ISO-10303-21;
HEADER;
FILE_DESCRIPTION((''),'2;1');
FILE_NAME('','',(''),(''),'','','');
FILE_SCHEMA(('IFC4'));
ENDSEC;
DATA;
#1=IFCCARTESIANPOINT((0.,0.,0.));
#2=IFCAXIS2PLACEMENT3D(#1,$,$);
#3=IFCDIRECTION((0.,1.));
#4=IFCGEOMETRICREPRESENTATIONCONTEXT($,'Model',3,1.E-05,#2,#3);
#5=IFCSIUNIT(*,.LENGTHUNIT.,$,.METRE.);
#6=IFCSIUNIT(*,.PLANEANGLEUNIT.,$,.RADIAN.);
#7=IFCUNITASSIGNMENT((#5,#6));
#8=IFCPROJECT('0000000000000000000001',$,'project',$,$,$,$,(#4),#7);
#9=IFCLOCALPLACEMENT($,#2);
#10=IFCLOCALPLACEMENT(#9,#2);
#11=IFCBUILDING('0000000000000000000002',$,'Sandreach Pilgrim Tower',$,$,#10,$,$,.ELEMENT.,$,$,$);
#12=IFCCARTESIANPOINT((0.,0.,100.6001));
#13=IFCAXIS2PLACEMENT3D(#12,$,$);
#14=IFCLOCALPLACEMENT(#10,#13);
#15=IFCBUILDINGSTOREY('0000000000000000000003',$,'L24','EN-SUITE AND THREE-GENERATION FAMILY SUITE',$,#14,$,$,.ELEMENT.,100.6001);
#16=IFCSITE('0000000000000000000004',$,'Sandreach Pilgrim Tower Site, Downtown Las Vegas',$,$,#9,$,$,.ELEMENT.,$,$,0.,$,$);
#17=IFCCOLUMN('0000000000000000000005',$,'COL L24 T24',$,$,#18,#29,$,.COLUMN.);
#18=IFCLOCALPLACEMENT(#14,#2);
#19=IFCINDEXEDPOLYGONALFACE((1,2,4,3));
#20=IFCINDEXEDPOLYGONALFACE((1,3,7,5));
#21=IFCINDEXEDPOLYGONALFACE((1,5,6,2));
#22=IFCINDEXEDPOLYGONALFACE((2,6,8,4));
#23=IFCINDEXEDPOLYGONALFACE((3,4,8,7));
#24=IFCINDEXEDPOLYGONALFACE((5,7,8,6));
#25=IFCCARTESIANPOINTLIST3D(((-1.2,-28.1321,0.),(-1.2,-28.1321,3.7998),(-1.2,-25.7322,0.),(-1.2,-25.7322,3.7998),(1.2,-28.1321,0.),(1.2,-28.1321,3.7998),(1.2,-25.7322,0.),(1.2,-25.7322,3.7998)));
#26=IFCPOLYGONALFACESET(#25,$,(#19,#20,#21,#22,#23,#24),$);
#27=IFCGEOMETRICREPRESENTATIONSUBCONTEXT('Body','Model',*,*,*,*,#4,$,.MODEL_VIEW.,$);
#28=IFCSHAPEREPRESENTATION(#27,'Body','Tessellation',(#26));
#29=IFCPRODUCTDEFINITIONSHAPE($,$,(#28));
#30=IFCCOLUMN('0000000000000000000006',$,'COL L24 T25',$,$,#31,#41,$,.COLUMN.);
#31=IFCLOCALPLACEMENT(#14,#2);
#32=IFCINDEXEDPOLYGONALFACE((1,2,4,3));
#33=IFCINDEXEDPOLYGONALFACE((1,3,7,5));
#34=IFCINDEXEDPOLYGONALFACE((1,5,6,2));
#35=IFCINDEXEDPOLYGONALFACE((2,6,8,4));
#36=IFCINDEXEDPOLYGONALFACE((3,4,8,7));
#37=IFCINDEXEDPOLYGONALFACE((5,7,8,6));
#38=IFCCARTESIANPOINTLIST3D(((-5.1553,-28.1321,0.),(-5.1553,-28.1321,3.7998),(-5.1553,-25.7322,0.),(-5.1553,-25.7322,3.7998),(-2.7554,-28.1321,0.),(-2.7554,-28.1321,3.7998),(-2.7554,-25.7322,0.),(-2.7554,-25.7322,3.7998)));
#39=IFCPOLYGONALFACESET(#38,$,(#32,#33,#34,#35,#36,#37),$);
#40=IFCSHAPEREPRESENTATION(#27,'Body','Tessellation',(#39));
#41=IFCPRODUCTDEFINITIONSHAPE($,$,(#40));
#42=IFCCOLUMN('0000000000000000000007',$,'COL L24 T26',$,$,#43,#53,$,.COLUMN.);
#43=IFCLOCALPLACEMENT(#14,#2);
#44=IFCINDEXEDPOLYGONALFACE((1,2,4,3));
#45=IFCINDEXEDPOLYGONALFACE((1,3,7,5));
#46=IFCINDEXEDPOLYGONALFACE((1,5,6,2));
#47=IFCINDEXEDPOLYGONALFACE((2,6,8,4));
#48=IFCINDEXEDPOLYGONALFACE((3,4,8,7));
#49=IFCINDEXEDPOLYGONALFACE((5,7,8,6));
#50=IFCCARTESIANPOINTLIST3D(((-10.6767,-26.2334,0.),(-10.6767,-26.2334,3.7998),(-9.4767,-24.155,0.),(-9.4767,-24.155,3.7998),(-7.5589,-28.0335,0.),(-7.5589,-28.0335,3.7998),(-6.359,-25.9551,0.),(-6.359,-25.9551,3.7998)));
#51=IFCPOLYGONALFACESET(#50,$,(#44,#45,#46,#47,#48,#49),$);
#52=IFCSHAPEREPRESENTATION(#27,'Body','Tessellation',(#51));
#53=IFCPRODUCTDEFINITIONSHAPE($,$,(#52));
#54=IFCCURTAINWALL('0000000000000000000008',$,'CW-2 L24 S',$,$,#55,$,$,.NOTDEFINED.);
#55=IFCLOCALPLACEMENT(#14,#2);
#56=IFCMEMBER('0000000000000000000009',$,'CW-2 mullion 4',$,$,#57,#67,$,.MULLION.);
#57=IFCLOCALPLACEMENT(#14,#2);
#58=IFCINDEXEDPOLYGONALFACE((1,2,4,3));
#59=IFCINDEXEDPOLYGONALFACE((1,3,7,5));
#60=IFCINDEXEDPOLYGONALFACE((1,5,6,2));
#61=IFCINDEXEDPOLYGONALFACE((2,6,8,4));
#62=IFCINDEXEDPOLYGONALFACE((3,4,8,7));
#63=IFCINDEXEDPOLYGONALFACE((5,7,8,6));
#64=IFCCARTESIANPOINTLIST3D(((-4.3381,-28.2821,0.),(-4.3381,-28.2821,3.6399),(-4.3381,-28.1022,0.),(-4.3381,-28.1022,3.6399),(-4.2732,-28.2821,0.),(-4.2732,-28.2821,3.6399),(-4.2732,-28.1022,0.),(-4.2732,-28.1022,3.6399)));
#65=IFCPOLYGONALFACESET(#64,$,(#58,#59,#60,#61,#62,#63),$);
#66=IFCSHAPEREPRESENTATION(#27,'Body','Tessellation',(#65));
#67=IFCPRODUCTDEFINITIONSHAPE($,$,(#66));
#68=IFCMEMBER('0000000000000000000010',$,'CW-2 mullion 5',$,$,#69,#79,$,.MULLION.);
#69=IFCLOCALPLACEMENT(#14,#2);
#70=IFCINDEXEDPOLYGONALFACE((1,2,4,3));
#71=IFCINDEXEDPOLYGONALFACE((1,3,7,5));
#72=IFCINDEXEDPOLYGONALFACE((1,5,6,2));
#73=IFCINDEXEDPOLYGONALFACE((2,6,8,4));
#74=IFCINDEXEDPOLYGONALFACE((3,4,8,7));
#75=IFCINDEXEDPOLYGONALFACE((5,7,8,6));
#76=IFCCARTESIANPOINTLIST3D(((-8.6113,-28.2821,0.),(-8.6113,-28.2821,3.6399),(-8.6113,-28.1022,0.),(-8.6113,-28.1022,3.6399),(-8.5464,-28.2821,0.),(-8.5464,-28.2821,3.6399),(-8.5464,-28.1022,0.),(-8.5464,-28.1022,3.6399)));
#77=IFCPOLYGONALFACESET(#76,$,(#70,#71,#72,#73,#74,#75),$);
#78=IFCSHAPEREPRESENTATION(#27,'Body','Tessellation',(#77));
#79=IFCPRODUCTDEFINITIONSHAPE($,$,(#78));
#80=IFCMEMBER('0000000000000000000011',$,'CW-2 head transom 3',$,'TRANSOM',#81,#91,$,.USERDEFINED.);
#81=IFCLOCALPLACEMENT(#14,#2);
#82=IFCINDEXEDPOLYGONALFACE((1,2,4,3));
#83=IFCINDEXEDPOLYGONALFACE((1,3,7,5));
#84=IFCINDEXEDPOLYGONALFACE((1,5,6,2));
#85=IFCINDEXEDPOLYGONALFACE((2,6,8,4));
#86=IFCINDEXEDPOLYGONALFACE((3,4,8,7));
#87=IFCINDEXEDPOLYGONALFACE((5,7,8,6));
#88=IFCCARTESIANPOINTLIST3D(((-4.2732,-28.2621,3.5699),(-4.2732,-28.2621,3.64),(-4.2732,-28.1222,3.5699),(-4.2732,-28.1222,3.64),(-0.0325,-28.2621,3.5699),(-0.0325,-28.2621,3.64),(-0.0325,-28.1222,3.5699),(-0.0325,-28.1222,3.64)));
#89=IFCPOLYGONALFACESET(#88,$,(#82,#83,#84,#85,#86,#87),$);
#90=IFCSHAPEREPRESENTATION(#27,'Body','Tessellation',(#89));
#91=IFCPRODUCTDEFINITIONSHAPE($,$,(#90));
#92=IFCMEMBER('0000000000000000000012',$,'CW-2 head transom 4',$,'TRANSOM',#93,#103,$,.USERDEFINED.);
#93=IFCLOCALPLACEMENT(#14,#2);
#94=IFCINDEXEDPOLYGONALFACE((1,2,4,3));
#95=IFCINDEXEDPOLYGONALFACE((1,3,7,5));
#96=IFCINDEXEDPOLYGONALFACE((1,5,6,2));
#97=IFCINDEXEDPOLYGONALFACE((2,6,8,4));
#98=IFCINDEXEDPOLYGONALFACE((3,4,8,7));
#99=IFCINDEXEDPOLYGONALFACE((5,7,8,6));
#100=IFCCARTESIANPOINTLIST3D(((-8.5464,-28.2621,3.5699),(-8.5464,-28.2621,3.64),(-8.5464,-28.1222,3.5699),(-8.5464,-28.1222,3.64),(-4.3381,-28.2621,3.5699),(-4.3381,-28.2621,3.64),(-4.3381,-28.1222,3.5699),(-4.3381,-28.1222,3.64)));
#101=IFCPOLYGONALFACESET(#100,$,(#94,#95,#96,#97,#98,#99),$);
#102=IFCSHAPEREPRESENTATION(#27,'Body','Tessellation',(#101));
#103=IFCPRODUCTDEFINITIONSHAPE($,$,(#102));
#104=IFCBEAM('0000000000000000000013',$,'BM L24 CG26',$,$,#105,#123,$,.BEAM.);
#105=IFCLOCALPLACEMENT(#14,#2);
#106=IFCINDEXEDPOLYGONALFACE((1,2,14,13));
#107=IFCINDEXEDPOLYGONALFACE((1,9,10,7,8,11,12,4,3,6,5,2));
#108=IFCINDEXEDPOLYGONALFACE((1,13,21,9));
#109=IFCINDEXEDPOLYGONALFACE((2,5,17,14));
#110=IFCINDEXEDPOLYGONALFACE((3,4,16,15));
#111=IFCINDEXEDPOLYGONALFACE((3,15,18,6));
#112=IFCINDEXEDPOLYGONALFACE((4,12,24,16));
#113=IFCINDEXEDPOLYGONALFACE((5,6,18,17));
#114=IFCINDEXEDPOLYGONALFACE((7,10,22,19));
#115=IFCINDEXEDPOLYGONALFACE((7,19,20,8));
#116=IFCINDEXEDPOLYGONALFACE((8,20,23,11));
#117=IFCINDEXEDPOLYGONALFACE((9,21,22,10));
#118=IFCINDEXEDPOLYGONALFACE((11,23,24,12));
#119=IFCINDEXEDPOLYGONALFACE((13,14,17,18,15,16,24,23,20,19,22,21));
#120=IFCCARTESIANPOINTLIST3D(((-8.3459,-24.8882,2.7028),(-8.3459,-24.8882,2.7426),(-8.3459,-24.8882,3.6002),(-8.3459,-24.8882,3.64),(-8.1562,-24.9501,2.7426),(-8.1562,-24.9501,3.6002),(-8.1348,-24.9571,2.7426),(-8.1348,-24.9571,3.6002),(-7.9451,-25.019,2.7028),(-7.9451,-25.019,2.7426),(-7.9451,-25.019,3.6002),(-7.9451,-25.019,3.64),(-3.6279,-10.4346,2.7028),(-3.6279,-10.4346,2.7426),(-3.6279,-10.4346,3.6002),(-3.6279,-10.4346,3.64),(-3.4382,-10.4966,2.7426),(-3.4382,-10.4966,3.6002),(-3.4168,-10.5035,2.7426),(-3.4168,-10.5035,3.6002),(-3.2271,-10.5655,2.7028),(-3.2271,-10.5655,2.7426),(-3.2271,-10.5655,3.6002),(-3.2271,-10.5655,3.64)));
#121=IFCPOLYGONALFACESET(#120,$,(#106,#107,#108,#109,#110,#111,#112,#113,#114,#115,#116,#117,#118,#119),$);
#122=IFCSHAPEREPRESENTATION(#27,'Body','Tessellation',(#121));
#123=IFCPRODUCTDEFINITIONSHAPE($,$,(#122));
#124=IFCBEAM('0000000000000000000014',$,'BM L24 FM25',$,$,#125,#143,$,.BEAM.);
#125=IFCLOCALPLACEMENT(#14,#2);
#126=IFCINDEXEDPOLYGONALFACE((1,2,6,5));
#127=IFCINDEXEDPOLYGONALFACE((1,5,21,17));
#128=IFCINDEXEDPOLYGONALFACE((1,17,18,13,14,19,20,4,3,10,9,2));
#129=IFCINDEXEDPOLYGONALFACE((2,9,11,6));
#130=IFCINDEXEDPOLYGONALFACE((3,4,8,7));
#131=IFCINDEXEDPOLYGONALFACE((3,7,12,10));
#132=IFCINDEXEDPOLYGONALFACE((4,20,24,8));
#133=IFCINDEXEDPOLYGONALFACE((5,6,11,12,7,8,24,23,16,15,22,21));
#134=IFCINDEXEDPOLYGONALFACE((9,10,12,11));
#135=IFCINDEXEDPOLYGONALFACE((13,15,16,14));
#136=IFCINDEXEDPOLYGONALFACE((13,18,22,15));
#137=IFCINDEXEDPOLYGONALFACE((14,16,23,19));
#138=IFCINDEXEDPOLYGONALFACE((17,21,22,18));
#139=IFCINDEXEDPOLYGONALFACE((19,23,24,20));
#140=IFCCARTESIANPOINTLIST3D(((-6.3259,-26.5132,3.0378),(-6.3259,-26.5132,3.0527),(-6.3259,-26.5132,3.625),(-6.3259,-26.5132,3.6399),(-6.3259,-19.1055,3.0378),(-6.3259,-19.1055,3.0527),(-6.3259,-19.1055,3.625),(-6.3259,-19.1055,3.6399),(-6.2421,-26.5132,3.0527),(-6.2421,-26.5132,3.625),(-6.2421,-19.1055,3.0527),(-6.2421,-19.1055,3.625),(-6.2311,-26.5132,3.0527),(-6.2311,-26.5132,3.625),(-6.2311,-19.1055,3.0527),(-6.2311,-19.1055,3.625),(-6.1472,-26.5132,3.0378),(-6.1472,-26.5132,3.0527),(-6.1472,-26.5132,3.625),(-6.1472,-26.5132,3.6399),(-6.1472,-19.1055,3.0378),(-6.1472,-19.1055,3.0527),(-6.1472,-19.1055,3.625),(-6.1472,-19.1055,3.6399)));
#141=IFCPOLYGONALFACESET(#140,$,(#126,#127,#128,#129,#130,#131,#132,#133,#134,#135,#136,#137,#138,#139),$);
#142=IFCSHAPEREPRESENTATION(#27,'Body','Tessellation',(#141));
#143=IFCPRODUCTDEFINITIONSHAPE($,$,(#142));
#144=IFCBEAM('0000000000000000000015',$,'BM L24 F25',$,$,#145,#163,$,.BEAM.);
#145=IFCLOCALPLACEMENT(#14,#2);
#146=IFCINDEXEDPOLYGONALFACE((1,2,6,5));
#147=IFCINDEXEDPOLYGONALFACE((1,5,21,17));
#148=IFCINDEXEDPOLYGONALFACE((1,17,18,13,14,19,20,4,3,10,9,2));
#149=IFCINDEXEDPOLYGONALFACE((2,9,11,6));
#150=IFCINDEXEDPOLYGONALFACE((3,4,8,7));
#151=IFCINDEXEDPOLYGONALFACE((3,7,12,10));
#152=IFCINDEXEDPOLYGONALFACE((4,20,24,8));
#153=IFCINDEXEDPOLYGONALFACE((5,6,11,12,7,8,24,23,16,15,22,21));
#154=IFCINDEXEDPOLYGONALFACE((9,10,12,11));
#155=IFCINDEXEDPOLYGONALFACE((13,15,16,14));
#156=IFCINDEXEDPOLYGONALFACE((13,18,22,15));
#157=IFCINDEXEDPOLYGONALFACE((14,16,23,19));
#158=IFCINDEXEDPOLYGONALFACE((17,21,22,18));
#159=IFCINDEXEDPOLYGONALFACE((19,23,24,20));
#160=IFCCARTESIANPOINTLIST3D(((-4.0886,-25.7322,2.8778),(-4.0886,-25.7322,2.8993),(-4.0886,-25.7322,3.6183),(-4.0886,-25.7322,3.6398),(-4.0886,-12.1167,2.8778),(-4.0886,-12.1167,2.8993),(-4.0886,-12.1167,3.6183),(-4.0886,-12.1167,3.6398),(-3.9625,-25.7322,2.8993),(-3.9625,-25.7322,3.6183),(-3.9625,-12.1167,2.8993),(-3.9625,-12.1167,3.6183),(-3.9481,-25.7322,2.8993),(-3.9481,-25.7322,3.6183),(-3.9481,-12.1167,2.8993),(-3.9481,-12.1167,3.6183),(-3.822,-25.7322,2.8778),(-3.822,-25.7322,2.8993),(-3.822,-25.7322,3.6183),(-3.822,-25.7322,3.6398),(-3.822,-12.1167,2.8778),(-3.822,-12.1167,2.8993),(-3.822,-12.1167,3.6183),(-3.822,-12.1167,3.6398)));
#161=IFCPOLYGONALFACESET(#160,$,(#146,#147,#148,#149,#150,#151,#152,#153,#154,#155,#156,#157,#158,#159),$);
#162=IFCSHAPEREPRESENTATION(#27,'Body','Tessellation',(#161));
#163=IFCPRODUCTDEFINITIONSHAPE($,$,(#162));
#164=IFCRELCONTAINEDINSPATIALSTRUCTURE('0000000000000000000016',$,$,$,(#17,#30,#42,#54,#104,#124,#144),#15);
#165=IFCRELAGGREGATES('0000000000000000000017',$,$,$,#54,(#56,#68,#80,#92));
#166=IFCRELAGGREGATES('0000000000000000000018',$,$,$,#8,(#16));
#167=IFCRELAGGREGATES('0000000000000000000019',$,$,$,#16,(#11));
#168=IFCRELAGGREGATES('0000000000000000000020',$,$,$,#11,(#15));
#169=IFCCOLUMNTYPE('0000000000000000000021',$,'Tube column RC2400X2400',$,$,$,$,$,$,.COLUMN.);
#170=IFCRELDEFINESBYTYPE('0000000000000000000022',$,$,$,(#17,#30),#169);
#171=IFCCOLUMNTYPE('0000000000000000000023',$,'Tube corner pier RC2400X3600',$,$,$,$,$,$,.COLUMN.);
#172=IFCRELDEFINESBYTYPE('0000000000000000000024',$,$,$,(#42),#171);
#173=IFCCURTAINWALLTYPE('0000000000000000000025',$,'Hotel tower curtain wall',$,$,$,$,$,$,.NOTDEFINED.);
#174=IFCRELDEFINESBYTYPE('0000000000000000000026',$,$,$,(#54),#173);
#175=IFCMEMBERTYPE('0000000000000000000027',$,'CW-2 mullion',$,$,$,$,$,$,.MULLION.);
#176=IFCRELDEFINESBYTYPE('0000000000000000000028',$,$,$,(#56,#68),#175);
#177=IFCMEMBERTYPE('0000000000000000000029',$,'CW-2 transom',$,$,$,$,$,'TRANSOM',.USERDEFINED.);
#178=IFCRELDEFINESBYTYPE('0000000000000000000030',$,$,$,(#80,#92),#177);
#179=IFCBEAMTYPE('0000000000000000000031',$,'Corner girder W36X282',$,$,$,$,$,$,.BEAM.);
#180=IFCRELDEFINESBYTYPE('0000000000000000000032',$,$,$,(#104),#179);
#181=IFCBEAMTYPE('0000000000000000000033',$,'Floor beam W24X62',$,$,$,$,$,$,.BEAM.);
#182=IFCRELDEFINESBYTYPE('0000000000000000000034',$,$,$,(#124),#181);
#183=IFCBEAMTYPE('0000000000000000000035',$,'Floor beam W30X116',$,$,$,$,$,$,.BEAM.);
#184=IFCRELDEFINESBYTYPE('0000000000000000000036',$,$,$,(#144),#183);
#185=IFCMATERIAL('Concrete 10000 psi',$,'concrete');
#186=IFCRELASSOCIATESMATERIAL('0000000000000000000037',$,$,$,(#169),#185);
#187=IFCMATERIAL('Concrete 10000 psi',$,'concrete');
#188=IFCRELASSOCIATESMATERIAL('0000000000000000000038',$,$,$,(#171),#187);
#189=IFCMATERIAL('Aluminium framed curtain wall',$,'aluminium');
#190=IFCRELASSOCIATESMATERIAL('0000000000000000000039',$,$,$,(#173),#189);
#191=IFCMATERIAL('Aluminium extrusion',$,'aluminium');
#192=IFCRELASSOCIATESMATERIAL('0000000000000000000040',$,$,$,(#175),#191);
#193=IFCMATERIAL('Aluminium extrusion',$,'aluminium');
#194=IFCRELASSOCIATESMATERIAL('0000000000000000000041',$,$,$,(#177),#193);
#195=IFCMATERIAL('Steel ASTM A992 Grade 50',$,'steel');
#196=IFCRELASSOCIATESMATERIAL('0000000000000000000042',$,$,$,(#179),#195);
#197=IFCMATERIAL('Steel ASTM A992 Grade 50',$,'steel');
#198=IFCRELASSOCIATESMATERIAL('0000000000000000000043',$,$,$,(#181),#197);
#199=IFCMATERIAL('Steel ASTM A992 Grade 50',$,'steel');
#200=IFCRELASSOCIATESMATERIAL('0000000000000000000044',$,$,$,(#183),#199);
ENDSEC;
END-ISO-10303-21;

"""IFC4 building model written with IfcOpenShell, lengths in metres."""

from ifc_helpers import new_model, si_unit, direction, frame, origin, origin_2d, place, context, subcontext, project, spatial, rectangle, i_section, extrude, material, material_profile, profile_set, type_object, element, aggregate, save


model = new_model("IFC4")

# Units and contexts
model_context = context("Model", 3, precision=1e-05, world=origin(), true_north=direction((0.0, 1.0)))
body_context = subcontext(model_context, "Body", "Model", "MODEL_VIEW")
ifc_project = project(units=[si_unit("LENGTHUNIT", "METRE"), si_unit("PLANEANGLEUNIT", "RADIAN")], contexts=[model_context])

# Site, building, storey
site_placement = place(None, origin())
site = spatial("IfcSite", under=ifc_project, at=site_placement, Name="Sandreach Pilgrim Tower Site, Downtown Las Vegas", CompositionType="ELEMENT", RefElevation=0.0)
building_placement = place(site_placement, origin())
building = spatial("IfcBuilding", under=site, at=building_placement, Name="Sandreach Pilgrim Tower", CompositionType="ELEMENT")
storey_placement = place(building_placement, frame((0.0, 0.0, 100.6001)))
storey = spatial("IfcBuildingStorey", under=building, at=storey_placement, Name="L24", Description="EN-SUITE AND THREE-GENERATION FAMILY SUITE", CompositionType="ELEMENT", Elevation=100.6001)

# Columns
ifc_material_1 = material(Name="Concrete 10000 psi", Category="concrete")
ifc_material_profile_1 = material_profile(ifc_material_1, rectangle(XDim=2.3999, YDim=2.3999, at=origin_2d()), Name="RC2400X2400")
ifc_profile_set_1 = profile_set([ifc_material_profile_1], Name="Concrete 10000 psi")
column_type_1 = type_object("IfcColumnType", Name="Tube column RC2400X2400", PredefinedType="COLUMN", material=ifc_profile_set_1)
for number, where, z_axis, x_axis, name in (
    (1, (0.0, -26.9321, 0.0), (0.0, 0.0, 1.0), (0.0, -1.0, 0.0), "COL L24 T24"),
    (2, (-3.9553, -26.9321, 0.0), (0.0, 0.0, 1.0), (0.0, -1.0, 0.0), "COL L24 T25"),
):
    element("IfcColumn", number, at=place(storey_placement, frame(where, z_axis=z_axis, x_axis=x_axis)), inside=storey, type_object=column_type_1, Name=name, PredefinedType="COLUMN", context=body_context, shape_type="SweptSolid", body=[
        extrude(rectangle(XDim=2.3999, YDim=2.3999, at=origin_2d()), origin(), (0.0, 0.0, 1.0), 3.7998),
    ])
ifc_material_2 = material(Name="Concrete 10000 psi", Category="concrete")
ifc_material_profile_2 = material_profile(ifc_material_2, rectangle(XDim=2.3999, YDim=3.6001, at=origin_2d()), Name="RC2400X3600")
ifc_profile_set_2 = profile_set([ifc_material_profile_2], Name="Concrete 10000 psi")
column_type_2 = type_object("IfcColumnType", Name="Tube corner pier RC2400X3600", PredefinedType="COLUMN", material=ifc_profile_set_2)
column_placement = place(storey_placement, frame((-8.5178, -26.0942, 0.0), z_axis=(0.0, 0.0, 1.0), x_axis=(-0.5, -0.866025, 0.0)))
element("IfcColumn", 3, at=column_placement, inside=storey, type_object=column_type_2, Name="COL L24 T26", PredefinedType="COLUMN", context=body_context, shape_type="SweptSolid", body=[
    extrude(rectangle(XDim=2.3999, YDim=3.6001, at=origin_2d()), origin(), (0.0, 0.0, 1.0), 3.7998),
])

# Curtain wall, members
ifc_material_3 = material(Name="Aluminium framed curtain wall", Category="aluminium")
curtain_wall_type = type_object("IfcCurtainWallType", Name="Hotel tower curtain wall", PredefinedType="NOTDEFINED", material=ifc_material_3)
curtain_wall_placement = place(storey_placement, origin())
curtain_wall = element("IfcCurtainWall", 4, at=curtain_wall_placement, inside=storey, type_object=curtain_wall_type, Name="CW-2 L24 S", PredefinedType="NOTDEFINED")
ifc_material_4 = material(Name="Aluminium extrusion", Category="aluminium")
ifc_material_profile_3 = material_profile(ifc_material_4, rectangle(XDim=0.0649, YDim=0.1799, at=origin_2d()), Name="CW-2M 65X180")
ifc_profile_set_3 = profile_set([ifc_material_profile_3], Name="Aluminium extrusion")
member_type_1 = type_object("IfcMemberType", Name="CW-2 mullion", PredefinedType="MULLION", material=ifc_profile_set_3)
member_1_placement = place(storey_placement, frame((-4.3057, -28.1921, 0.0), z_axis=(0.0, 0.0, 1.0), x_axis=(-1.0, 0.0, 0.0)))
member_1 = element("IfcMember", 5, at=member_1_placement, type_object=member_type_1, Name="CW-2 mullion 4", PredefinedType="MULLION", context=body_context, shape_type="SweptSolid", body=[
    extrude(rectangle(XDim=0.0649, YDim=0.1799, at=origin_2d()), origin(), (0.0, 0.0, 1.0), 3.6399),
])
member_2_placement = place(storey_placement, frame((-8.5789, -28.1921, 0.0), z_axis=(0.0, 0.0, 1.0), x_axis=(-1.0, 0.0, 0.0)))
member_2 = element("IfcMember", 6, at=member_2_placement, type_object=member_type_1, Name="CW-2 mullion 5", PredefinedType="MULLION", context=body_context, shape_type="SweptSolid", body=[
    extrude(rectangle(XDim=0.0649, YDim=0.1799, at=origin_2d()), origin(), (0.0, 0.0, 1.0), 3.6399),
])
ifc_material_5 = material(Name="Aluminium extrusion", Category="aluminium")
ifc_material_profile_4 = material_profile(ifc_material_5, rectangle(XDim=0.1399, YDim=0.0701, at=origin_2d()), Name="CW-2T 140X70")
ifc_profile_set_4 = profile_set([ifc_material_profile_4], Name="Aluminium extrusion")
member_type_2 = type_object("IfcMemberType", Name="CW-2 transom", ElementType="TRANSOM", PredefinedType="USERDEFINED", material=ifc_profile_set_4)
member_3_placement = place(storey_placement, frame((-0.0325, -28.1921, 3.605), z_axis=(-1.0, 0.0, 0.0), x_axis=(0.0, -1.0, 0.0)))
member_3 = element("IfcMember", 7, at=member_3_placement, type_object=member_type_2, Name="CW-2 head transom 3", ObjectType="TRANSOM", PredefinedType="USERDEFINED", context=body_context, shape_type="SweptSolid", body=[
    extrude(rectangle(XDim=0.1399, YDim=0.0701, at=origin_2d()), origin(), (0.0, 0.0, 1.0), 4.2407),
])
member_4_placement = place(storey_placement, frame((-4.3381, -28.1921, 3.605), z_axis=(-1.0, 0.0, 0.0), x_axis=(0.0, -1.0, 0.0)))
member_4 = element("IfcMember", 8, at=member_4_placement, type_object=member_type_2, Name="CW-2 head transom 4", ObjectType="TRANSOM", PredefinedType="USERDEFINED", context=body_context, shape_type="SweptSolid", body=[
    extrude(rectangle(XDim=0.1399, YDim=0.0701, at=origin_2d()), origin(), (0.0, 0.0, 1.0), 4.2083),
])

# Beams
ifc_material_6 = material(Name="Steel ASTM A992 Grade 50", Category="steel")
ifc_material_profile_5 = material_profile(ifc_material_6, i_section(OverallWidth=0.4216, OverallDepth=0.9373, WebThickness=0.0225, FlangeThickness=0.0398, at=origin_2d()), Name="W36X282")
ifc_profile_set_5 = profile_set([ifc_material_profile_5], Name="Steel ASTM A992 Grade 50")
beam_type_1 = type_object("IfcBeamType", Name="Corner girder W36X282", PredefinedType="BEAM", material=ifc_profile_set_5)
beam_1_placement = place(storey_placement, frame((-8.1455, -24.9536, 3.1714), z_axis=(0.310311, 0.950635, 0.0), x_axis=(-0.950635, 0.310311, 0.0)))
element("IfcBeam", 9, at=beam_1_placement, inside=storey, type_object=beam_type_1, Name="BM L24 CG26", PredefinedType="BEAM", context=body_context, shape_type="SweptSolid", body=[
    extrude(i_section(OverallWidth=0.4216, OverallDepth=0.9373, WebThickness=0.0225, FlangeThickness=0.0398, at=origin_2d()), origin(), (0.0, 0.0, 1.0), 15.2041),
])
ifc_material_7 = material(Name="Steel ASTM A992 Grade 50", Category="steel")
ifc_material_profile_6 = material_profile(ifc_material_7, i_section(OverallWidth=0.1787, OverallDepth=0.6021, WebThickness=0.011, FlangeThickness=0.0149, at=origin_2d()), Name="W24X62")
ifc_profile_set_6 = profile_set([ifc_material_profile_6], Name="Steel ASTM A992 Grade 50")
beam_type_2 = type_object("IfcBeamType", Name="Floor beam W24X62", PredefinedType="BEAM", material=ifc_profile_set_6)
beam_2_placement = place(storey_placement, frame((-6.2366, -26.5132, 3.3389), z_axis=(0.0, 1.0, 0.0), x_axis=(-1.0, 0.0, 0.0)))
element("IfcBeam", 10, at=beam_2_placement, inside=storey, type_object=beam_type_2, Name="BM L24 FM25", PredefinedType="BEAM", context=body_context, shape_type="SweptSolid", body=[
    extrude(i_section(OverallWidth=0.1787, OverallDepth=0.6021, WebThickness=0.011, FlangeThickness=0.0149, at=origin_2d()), origin(), (0.0, 0.0, 1.0), 7.4077),
])
ifc_material_8 = material(Name="Steel ASTM A992 Grade 50", Category="steel")
ifc_material_profile_7 = material_profile(ifc_material_8, i_section(OverallWidth=0.2666, OverallDepth=0.762, WebThickness=0.0144, FlangeThickness=0.0215, at=origin_2d()), Name="W30X116")
ifc_profile_set_7 = profile_set([ifc_material_profile_7], Name="Steel ASTM A992 Grade 50")
beam_type_3 = type_object("IfcBeamType", Name="Floor beam W30X116", PredefinedType="BEAM", material=ifc_profile_set_7)
beam_3_placement = place(storey_placement, frame((-3.9553, -25.7322, 3.2588), z_axis=(0.0, 1.0, 0.0), x_axis=(-1.0, 0.0, 0.0)))
element("IfcBeam", 11, at=beam_3_placement, inside=storey, type_object=beam_type_3, Name="BM L24 F25", PredefinedType="BEAM", context=body_context, shape_type="SweptSolid", body=[
    extrude(i_section(OverallWidth=0.2666, OverallDepth=0.762, WebThickness=0.0144, FlangeThickness=0.0215, at=origin_2d()), origin(), (0.0, 0.0, 1.0), 13.6155),
])

aggregate(curtain_wall, [member_1, member_2, member_3, member_4])

save(model, "model.ifc")
